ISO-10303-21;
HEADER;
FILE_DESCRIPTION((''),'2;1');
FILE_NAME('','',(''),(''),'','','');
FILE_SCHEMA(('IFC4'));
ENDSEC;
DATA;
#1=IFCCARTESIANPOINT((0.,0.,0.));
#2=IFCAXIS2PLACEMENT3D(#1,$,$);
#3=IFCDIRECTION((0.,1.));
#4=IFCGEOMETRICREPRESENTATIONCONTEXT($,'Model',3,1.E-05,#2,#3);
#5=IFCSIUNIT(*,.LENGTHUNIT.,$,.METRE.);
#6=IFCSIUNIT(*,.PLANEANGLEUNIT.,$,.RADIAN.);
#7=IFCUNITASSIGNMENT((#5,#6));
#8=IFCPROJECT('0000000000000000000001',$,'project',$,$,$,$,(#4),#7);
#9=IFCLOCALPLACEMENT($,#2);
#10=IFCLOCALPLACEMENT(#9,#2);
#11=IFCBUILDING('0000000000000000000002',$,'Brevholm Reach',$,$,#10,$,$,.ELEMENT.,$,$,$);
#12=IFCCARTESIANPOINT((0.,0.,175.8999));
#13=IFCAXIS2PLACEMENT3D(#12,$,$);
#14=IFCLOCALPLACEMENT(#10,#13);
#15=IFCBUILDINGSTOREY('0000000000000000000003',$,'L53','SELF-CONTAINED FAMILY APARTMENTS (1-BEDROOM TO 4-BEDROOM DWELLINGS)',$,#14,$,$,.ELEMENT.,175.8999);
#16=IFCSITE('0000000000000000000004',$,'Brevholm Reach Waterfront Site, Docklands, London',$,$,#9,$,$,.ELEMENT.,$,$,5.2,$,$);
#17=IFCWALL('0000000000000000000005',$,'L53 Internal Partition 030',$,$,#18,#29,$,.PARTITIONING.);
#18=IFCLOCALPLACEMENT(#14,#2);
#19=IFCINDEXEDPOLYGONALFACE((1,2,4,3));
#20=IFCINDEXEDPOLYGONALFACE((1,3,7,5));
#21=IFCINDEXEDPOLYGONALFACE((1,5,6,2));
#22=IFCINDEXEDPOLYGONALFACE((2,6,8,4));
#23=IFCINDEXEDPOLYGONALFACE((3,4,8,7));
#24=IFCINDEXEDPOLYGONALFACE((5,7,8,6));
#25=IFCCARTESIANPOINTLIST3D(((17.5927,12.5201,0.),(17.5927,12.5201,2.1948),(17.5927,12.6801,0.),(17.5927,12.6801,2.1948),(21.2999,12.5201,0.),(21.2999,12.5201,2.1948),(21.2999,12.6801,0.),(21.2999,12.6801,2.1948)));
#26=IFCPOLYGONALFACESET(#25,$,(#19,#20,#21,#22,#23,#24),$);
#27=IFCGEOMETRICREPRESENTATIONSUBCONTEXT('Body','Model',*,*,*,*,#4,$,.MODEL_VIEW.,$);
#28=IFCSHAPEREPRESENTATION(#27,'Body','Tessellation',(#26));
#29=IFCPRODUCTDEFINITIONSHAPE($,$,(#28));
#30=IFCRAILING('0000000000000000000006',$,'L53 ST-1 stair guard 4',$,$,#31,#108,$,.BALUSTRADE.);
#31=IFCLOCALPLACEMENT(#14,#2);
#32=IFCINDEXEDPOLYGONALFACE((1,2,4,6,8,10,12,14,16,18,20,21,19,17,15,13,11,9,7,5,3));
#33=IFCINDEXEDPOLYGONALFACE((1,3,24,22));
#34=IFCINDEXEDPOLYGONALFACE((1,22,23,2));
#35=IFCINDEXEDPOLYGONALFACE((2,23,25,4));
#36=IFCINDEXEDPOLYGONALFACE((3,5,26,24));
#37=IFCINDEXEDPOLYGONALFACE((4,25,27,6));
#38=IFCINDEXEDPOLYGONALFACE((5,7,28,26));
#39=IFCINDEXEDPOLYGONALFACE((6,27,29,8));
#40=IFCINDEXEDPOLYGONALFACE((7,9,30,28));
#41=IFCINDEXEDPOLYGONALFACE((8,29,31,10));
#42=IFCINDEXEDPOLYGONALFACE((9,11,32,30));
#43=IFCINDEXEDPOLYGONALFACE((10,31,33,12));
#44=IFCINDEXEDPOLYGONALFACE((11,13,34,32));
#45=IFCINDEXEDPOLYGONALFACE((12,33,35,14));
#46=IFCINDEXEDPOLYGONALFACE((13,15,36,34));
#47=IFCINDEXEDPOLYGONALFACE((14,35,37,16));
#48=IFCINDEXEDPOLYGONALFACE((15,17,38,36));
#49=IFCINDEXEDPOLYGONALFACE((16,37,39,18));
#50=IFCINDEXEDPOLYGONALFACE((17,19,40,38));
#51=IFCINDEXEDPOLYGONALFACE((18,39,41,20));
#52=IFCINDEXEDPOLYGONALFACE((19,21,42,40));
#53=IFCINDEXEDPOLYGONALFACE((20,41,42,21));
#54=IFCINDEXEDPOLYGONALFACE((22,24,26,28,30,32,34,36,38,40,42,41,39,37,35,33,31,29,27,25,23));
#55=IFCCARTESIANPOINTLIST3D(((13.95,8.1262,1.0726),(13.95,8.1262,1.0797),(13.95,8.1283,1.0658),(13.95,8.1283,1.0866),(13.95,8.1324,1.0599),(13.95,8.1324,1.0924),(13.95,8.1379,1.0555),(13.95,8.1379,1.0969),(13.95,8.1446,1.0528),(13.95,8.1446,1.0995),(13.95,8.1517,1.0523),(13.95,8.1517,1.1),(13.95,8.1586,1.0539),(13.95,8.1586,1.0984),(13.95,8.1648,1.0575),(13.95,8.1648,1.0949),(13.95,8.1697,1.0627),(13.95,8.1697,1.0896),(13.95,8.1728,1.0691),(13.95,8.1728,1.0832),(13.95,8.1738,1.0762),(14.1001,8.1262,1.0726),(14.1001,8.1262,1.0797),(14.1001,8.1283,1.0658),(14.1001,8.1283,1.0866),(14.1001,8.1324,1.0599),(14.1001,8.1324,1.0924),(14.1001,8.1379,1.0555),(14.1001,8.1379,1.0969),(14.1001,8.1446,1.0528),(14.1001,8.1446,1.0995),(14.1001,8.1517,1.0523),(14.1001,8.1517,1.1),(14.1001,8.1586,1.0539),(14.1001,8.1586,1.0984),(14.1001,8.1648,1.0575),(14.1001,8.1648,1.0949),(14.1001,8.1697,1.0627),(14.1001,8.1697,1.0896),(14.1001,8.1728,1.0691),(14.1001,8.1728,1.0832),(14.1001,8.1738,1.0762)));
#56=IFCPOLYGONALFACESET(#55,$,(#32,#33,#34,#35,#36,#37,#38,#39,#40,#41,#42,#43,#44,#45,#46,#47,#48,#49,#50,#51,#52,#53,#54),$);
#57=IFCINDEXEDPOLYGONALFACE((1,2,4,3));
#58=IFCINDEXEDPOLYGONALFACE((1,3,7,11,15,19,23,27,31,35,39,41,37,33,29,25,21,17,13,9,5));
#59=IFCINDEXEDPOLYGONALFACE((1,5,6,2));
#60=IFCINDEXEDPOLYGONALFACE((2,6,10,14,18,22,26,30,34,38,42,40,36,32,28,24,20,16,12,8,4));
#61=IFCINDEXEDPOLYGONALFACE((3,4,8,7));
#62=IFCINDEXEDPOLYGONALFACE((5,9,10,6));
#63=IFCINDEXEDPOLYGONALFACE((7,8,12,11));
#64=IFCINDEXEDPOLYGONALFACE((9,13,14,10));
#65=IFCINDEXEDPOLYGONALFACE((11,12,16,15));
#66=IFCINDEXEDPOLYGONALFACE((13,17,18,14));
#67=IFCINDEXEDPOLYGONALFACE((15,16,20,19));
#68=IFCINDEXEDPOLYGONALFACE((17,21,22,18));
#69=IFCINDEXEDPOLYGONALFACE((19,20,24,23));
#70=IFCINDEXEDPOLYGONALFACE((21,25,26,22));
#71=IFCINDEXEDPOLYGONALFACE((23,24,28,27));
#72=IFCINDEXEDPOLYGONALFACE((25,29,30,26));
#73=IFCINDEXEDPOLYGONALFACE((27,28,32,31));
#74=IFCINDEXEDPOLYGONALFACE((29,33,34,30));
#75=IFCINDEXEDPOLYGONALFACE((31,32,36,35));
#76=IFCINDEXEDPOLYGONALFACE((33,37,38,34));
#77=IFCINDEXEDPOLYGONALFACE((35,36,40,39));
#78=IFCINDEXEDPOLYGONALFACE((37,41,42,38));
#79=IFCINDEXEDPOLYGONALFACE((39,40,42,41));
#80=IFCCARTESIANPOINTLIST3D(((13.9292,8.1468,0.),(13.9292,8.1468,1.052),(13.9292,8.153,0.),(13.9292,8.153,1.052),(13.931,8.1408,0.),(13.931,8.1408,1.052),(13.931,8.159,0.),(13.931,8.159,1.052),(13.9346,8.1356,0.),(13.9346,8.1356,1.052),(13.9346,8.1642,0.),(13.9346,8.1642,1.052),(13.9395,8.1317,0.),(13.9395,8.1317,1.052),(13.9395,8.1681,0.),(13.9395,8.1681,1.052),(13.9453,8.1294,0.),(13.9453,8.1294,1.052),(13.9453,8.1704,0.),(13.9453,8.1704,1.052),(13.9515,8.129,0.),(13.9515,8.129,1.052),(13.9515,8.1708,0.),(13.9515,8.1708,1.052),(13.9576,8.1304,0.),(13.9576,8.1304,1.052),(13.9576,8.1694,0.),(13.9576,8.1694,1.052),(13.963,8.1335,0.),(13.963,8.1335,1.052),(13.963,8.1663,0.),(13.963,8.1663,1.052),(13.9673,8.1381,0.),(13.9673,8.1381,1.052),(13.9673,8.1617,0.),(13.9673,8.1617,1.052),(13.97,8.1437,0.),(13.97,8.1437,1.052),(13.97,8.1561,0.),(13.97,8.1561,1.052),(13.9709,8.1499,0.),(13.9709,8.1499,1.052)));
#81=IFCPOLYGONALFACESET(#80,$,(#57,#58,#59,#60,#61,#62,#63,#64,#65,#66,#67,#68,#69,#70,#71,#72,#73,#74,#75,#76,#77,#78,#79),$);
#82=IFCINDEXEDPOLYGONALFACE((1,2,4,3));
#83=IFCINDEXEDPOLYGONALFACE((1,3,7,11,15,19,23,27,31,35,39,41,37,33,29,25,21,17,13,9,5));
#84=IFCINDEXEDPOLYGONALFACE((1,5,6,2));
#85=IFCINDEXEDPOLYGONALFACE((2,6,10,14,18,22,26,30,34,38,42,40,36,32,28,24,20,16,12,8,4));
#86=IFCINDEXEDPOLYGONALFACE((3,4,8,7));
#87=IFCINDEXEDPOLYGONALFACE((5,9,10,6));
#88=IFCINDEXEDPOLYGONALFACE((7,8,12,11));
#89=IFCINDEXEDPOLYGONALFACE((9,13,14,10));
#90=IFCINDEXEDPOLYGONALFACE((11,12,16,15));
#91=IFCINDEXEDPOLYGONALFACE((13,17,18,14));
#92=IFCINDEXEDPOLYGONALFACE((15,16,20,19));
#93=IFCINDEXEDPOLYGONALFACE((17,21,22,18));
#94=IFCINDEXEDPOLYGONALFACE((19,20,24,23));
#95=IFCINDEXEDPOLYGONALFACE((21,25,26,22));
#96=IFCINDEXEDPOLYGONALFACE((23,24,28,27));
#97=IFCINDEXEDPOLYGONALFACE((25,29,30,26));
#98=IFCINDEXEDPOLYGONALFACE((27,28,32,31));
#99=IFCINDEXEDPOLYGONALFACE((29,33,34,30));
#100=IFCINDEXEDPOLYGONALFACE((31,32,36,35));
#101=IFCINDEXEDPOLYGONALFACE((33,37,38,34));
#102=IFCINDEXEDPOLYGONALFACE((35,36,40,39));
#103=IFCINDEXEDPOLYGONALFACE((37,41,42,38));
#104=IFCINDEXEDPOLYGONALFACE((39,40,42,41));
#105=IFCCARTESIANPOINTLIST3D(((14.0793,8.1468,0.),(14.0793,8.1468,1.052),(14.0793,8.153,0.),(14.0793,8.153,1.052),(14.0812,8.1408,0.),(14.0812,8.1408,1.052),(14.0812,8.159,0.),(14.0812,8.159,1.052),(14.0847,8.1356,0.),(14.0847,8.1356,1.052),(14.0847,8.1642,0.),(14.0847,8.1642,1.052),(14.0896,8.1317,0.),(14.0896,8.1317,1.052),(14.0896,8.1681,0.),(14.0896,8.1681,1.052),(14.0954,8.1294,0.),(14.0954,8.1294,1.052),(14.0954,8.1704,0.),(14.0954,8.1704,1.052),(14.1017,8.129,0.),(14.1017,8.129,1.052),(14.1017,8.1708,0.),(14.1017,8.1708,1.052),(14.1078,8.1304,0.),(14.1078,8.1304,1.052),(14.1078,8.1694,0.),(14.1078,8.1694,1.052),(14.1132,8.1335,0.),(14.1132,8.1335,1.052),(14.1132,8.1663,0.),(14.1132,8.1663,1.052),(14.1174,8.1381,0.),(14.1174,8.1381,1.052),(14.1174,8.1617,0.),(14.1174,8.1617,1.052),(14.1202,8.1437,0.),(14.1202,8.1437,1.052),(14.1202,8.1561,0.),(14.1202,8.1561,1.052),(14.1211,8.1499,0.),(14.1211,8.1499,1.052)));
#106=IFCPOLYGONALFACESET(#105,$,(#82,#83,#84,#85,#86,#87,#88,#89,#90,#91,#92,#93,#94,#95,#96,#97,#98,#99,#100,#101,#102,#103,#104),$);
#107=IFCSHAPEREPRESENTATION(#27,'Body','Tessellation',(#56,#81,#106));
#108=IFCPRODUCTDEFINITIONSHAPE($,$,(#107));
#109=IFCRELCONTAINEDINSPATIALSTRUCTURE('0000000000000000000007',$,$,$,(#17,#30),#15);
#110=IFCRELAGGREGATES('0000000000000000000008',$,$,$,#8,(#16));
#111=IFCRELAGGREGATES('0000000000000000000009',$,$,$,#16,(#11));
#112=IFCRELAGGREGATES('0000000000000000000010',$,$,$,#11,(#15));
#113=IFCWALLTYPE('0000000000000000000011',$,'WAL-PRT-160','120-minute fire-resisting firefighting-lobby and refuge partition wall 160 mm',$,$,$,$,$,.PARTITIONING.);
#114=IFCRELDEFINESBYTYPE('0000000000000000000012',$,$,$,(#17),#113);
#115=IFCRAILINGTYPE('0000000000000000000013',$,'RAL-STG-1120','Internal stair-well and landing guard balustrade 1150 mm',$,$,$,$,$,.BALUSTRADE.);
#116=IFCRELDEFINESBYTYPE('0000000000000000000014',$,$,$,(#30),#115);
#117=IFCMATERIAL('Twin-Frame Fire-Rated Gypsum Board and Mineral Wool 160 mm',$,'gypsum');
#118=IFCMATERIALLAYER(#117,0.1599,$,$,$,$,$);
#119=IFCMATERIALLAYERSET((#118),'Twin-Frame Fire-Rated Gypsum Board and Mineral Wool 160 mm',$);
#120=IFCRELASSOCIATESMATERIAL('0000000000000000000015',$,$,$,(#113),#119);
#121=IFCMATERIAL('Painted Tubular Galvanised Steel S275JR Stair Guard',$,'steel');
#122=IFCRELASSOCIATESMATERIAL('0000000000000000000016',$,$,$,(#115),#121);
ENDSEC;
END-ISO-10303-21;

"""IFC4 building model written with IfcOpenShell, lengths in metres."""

from ifc_helpers import new_model, si_unit, direction, frame, frame_2d, origin, origin_2d, place, context, subcontext, project, spatial, rectangle, circle, extrude, material, layer, layer_set, type_object, element, save


model = new_model("IFC4")

# Units and contexts
model_context = context("Model", 3, precision=1e-05, world=origin(), true_north=direction((0.0, 1.0)))
body_context = subcontext(model_context, "Body", "Model", "MODEL_VIEW")
ifc_project = project(units=[si_unit("LENGTHUNIT", "METRE"), si_unit("PLANEANGLEUNIT", "RADIAN")], contexts=[model_context])

# Site, building, storey
site_placement = place(None, origin())
site = spatial("IfcSite", under=ifc_project, at=site_placement, Name="Brevholm Reach Waterfront Site, Docklands, London", CompositionType="ELEMENT", RefElevation=5.2)
building_placement = place(site_placement, origin())
building = spatial("IfcBuilding", under=site, at=building_placement, Name="Brevholm Reach", CompositionType="ELEMENT")
storey_placement = place(building_placement, frame((0.0, 0.0, 175.8999)))
storey = spatial("IfcBuildingStorey", under=building, at=storey_placement, Name="L53", Description="SELF-CONTAINED FAMILY APARTMENTS (1-BEDROOM TO 4-BEDROOM DWELLINGS)", CompositionType="ELEMENT", Elevation=175.8999)

# Shared definitions
ifc_material_1 = material(Name="Twin-Frame Fire-Rated Gypsum Board and Mineral Wool 160 mm", Category="gypsum")
ifc_layer_1 = layer(ifc_material_1, 0.1599)
ifc_layer_set_1 = layer_set([ifc_layer_1], Name="Twin-Frame Fire-Rated Gypsum Board and Mineral Wool 160 mm")
wall_type_1 = type_object("IfcWallType", Name="WAL-PRT-160", Description="120-minute fire-resisting firefighting-lobby and refuge partition wall 160 mm", PredefinedType="PARTITIONING", material=ifc_layer_set_1)

# Wall
wall_1_placement = place(storey_placement, frame((17.5928, 12.6001, 0.0), z_axis=(0.0, 0.0, 1.0), x_axis=(1.0, 0.0, 0.0)))
element("IfcWall", 1, at=wall_1_placement, inside=storey, type_object=wall_type_1, Name="L53 Internal Partition 030", PredefinedType="PARTITIONING", context=body_context, shape_type="SweptSolid", body=[
    extrude(rectangle(XDim=3.7073, YDim=0.1599, at=frame_2d((1.8535, 0.0))), origin(), (0.0, 0.0, 1.0), 2.1948),
])

# Railing
ifc_material_2 = material(Name="Painted Tubular Galvanised Steel S275JR Stair Guard", Category="steel")
railing_type = type_object("IfcRailingType", Name="RAL-STG-1120", Description="Internal stair-well and landing guard balustrade 1150 mm", PredefinedType="BALUSTRADE", material=ifc_material_2)
railing_placement = place(storey_placement, frame((13.95, 8.1499, 0.0)))
element("IfcRailing", 2, at=railing_placement, inside=storey, type_object=railing_type, Name="L53 ST-1 stair guard 4", PredefinedType="BALUSTRADE", context=body_context, shape_type="SweptSolid", body=[
    extrude(circle(Radius=0.0239, at=origin_2d()), frame((0.0, 0.0, 1.0762), z_axis=(1.0, 0.0, 0.0), x_axis=(0.0, 1.0, 0.0)), (0.0, 0.0, 1.0), 0.1501),
    extrude(circle(Radius=0.021, at=origin_2d()), origin(), (0.0, 0.0, 1.0), 1.052),
    extrude(circle(Radius=0.021, at=origin_2d()), frame((0.1501, 0.0, 0.0)), (0.0, 0.0, 1.0), 1.052),
])

save(model, "model.ifc")
